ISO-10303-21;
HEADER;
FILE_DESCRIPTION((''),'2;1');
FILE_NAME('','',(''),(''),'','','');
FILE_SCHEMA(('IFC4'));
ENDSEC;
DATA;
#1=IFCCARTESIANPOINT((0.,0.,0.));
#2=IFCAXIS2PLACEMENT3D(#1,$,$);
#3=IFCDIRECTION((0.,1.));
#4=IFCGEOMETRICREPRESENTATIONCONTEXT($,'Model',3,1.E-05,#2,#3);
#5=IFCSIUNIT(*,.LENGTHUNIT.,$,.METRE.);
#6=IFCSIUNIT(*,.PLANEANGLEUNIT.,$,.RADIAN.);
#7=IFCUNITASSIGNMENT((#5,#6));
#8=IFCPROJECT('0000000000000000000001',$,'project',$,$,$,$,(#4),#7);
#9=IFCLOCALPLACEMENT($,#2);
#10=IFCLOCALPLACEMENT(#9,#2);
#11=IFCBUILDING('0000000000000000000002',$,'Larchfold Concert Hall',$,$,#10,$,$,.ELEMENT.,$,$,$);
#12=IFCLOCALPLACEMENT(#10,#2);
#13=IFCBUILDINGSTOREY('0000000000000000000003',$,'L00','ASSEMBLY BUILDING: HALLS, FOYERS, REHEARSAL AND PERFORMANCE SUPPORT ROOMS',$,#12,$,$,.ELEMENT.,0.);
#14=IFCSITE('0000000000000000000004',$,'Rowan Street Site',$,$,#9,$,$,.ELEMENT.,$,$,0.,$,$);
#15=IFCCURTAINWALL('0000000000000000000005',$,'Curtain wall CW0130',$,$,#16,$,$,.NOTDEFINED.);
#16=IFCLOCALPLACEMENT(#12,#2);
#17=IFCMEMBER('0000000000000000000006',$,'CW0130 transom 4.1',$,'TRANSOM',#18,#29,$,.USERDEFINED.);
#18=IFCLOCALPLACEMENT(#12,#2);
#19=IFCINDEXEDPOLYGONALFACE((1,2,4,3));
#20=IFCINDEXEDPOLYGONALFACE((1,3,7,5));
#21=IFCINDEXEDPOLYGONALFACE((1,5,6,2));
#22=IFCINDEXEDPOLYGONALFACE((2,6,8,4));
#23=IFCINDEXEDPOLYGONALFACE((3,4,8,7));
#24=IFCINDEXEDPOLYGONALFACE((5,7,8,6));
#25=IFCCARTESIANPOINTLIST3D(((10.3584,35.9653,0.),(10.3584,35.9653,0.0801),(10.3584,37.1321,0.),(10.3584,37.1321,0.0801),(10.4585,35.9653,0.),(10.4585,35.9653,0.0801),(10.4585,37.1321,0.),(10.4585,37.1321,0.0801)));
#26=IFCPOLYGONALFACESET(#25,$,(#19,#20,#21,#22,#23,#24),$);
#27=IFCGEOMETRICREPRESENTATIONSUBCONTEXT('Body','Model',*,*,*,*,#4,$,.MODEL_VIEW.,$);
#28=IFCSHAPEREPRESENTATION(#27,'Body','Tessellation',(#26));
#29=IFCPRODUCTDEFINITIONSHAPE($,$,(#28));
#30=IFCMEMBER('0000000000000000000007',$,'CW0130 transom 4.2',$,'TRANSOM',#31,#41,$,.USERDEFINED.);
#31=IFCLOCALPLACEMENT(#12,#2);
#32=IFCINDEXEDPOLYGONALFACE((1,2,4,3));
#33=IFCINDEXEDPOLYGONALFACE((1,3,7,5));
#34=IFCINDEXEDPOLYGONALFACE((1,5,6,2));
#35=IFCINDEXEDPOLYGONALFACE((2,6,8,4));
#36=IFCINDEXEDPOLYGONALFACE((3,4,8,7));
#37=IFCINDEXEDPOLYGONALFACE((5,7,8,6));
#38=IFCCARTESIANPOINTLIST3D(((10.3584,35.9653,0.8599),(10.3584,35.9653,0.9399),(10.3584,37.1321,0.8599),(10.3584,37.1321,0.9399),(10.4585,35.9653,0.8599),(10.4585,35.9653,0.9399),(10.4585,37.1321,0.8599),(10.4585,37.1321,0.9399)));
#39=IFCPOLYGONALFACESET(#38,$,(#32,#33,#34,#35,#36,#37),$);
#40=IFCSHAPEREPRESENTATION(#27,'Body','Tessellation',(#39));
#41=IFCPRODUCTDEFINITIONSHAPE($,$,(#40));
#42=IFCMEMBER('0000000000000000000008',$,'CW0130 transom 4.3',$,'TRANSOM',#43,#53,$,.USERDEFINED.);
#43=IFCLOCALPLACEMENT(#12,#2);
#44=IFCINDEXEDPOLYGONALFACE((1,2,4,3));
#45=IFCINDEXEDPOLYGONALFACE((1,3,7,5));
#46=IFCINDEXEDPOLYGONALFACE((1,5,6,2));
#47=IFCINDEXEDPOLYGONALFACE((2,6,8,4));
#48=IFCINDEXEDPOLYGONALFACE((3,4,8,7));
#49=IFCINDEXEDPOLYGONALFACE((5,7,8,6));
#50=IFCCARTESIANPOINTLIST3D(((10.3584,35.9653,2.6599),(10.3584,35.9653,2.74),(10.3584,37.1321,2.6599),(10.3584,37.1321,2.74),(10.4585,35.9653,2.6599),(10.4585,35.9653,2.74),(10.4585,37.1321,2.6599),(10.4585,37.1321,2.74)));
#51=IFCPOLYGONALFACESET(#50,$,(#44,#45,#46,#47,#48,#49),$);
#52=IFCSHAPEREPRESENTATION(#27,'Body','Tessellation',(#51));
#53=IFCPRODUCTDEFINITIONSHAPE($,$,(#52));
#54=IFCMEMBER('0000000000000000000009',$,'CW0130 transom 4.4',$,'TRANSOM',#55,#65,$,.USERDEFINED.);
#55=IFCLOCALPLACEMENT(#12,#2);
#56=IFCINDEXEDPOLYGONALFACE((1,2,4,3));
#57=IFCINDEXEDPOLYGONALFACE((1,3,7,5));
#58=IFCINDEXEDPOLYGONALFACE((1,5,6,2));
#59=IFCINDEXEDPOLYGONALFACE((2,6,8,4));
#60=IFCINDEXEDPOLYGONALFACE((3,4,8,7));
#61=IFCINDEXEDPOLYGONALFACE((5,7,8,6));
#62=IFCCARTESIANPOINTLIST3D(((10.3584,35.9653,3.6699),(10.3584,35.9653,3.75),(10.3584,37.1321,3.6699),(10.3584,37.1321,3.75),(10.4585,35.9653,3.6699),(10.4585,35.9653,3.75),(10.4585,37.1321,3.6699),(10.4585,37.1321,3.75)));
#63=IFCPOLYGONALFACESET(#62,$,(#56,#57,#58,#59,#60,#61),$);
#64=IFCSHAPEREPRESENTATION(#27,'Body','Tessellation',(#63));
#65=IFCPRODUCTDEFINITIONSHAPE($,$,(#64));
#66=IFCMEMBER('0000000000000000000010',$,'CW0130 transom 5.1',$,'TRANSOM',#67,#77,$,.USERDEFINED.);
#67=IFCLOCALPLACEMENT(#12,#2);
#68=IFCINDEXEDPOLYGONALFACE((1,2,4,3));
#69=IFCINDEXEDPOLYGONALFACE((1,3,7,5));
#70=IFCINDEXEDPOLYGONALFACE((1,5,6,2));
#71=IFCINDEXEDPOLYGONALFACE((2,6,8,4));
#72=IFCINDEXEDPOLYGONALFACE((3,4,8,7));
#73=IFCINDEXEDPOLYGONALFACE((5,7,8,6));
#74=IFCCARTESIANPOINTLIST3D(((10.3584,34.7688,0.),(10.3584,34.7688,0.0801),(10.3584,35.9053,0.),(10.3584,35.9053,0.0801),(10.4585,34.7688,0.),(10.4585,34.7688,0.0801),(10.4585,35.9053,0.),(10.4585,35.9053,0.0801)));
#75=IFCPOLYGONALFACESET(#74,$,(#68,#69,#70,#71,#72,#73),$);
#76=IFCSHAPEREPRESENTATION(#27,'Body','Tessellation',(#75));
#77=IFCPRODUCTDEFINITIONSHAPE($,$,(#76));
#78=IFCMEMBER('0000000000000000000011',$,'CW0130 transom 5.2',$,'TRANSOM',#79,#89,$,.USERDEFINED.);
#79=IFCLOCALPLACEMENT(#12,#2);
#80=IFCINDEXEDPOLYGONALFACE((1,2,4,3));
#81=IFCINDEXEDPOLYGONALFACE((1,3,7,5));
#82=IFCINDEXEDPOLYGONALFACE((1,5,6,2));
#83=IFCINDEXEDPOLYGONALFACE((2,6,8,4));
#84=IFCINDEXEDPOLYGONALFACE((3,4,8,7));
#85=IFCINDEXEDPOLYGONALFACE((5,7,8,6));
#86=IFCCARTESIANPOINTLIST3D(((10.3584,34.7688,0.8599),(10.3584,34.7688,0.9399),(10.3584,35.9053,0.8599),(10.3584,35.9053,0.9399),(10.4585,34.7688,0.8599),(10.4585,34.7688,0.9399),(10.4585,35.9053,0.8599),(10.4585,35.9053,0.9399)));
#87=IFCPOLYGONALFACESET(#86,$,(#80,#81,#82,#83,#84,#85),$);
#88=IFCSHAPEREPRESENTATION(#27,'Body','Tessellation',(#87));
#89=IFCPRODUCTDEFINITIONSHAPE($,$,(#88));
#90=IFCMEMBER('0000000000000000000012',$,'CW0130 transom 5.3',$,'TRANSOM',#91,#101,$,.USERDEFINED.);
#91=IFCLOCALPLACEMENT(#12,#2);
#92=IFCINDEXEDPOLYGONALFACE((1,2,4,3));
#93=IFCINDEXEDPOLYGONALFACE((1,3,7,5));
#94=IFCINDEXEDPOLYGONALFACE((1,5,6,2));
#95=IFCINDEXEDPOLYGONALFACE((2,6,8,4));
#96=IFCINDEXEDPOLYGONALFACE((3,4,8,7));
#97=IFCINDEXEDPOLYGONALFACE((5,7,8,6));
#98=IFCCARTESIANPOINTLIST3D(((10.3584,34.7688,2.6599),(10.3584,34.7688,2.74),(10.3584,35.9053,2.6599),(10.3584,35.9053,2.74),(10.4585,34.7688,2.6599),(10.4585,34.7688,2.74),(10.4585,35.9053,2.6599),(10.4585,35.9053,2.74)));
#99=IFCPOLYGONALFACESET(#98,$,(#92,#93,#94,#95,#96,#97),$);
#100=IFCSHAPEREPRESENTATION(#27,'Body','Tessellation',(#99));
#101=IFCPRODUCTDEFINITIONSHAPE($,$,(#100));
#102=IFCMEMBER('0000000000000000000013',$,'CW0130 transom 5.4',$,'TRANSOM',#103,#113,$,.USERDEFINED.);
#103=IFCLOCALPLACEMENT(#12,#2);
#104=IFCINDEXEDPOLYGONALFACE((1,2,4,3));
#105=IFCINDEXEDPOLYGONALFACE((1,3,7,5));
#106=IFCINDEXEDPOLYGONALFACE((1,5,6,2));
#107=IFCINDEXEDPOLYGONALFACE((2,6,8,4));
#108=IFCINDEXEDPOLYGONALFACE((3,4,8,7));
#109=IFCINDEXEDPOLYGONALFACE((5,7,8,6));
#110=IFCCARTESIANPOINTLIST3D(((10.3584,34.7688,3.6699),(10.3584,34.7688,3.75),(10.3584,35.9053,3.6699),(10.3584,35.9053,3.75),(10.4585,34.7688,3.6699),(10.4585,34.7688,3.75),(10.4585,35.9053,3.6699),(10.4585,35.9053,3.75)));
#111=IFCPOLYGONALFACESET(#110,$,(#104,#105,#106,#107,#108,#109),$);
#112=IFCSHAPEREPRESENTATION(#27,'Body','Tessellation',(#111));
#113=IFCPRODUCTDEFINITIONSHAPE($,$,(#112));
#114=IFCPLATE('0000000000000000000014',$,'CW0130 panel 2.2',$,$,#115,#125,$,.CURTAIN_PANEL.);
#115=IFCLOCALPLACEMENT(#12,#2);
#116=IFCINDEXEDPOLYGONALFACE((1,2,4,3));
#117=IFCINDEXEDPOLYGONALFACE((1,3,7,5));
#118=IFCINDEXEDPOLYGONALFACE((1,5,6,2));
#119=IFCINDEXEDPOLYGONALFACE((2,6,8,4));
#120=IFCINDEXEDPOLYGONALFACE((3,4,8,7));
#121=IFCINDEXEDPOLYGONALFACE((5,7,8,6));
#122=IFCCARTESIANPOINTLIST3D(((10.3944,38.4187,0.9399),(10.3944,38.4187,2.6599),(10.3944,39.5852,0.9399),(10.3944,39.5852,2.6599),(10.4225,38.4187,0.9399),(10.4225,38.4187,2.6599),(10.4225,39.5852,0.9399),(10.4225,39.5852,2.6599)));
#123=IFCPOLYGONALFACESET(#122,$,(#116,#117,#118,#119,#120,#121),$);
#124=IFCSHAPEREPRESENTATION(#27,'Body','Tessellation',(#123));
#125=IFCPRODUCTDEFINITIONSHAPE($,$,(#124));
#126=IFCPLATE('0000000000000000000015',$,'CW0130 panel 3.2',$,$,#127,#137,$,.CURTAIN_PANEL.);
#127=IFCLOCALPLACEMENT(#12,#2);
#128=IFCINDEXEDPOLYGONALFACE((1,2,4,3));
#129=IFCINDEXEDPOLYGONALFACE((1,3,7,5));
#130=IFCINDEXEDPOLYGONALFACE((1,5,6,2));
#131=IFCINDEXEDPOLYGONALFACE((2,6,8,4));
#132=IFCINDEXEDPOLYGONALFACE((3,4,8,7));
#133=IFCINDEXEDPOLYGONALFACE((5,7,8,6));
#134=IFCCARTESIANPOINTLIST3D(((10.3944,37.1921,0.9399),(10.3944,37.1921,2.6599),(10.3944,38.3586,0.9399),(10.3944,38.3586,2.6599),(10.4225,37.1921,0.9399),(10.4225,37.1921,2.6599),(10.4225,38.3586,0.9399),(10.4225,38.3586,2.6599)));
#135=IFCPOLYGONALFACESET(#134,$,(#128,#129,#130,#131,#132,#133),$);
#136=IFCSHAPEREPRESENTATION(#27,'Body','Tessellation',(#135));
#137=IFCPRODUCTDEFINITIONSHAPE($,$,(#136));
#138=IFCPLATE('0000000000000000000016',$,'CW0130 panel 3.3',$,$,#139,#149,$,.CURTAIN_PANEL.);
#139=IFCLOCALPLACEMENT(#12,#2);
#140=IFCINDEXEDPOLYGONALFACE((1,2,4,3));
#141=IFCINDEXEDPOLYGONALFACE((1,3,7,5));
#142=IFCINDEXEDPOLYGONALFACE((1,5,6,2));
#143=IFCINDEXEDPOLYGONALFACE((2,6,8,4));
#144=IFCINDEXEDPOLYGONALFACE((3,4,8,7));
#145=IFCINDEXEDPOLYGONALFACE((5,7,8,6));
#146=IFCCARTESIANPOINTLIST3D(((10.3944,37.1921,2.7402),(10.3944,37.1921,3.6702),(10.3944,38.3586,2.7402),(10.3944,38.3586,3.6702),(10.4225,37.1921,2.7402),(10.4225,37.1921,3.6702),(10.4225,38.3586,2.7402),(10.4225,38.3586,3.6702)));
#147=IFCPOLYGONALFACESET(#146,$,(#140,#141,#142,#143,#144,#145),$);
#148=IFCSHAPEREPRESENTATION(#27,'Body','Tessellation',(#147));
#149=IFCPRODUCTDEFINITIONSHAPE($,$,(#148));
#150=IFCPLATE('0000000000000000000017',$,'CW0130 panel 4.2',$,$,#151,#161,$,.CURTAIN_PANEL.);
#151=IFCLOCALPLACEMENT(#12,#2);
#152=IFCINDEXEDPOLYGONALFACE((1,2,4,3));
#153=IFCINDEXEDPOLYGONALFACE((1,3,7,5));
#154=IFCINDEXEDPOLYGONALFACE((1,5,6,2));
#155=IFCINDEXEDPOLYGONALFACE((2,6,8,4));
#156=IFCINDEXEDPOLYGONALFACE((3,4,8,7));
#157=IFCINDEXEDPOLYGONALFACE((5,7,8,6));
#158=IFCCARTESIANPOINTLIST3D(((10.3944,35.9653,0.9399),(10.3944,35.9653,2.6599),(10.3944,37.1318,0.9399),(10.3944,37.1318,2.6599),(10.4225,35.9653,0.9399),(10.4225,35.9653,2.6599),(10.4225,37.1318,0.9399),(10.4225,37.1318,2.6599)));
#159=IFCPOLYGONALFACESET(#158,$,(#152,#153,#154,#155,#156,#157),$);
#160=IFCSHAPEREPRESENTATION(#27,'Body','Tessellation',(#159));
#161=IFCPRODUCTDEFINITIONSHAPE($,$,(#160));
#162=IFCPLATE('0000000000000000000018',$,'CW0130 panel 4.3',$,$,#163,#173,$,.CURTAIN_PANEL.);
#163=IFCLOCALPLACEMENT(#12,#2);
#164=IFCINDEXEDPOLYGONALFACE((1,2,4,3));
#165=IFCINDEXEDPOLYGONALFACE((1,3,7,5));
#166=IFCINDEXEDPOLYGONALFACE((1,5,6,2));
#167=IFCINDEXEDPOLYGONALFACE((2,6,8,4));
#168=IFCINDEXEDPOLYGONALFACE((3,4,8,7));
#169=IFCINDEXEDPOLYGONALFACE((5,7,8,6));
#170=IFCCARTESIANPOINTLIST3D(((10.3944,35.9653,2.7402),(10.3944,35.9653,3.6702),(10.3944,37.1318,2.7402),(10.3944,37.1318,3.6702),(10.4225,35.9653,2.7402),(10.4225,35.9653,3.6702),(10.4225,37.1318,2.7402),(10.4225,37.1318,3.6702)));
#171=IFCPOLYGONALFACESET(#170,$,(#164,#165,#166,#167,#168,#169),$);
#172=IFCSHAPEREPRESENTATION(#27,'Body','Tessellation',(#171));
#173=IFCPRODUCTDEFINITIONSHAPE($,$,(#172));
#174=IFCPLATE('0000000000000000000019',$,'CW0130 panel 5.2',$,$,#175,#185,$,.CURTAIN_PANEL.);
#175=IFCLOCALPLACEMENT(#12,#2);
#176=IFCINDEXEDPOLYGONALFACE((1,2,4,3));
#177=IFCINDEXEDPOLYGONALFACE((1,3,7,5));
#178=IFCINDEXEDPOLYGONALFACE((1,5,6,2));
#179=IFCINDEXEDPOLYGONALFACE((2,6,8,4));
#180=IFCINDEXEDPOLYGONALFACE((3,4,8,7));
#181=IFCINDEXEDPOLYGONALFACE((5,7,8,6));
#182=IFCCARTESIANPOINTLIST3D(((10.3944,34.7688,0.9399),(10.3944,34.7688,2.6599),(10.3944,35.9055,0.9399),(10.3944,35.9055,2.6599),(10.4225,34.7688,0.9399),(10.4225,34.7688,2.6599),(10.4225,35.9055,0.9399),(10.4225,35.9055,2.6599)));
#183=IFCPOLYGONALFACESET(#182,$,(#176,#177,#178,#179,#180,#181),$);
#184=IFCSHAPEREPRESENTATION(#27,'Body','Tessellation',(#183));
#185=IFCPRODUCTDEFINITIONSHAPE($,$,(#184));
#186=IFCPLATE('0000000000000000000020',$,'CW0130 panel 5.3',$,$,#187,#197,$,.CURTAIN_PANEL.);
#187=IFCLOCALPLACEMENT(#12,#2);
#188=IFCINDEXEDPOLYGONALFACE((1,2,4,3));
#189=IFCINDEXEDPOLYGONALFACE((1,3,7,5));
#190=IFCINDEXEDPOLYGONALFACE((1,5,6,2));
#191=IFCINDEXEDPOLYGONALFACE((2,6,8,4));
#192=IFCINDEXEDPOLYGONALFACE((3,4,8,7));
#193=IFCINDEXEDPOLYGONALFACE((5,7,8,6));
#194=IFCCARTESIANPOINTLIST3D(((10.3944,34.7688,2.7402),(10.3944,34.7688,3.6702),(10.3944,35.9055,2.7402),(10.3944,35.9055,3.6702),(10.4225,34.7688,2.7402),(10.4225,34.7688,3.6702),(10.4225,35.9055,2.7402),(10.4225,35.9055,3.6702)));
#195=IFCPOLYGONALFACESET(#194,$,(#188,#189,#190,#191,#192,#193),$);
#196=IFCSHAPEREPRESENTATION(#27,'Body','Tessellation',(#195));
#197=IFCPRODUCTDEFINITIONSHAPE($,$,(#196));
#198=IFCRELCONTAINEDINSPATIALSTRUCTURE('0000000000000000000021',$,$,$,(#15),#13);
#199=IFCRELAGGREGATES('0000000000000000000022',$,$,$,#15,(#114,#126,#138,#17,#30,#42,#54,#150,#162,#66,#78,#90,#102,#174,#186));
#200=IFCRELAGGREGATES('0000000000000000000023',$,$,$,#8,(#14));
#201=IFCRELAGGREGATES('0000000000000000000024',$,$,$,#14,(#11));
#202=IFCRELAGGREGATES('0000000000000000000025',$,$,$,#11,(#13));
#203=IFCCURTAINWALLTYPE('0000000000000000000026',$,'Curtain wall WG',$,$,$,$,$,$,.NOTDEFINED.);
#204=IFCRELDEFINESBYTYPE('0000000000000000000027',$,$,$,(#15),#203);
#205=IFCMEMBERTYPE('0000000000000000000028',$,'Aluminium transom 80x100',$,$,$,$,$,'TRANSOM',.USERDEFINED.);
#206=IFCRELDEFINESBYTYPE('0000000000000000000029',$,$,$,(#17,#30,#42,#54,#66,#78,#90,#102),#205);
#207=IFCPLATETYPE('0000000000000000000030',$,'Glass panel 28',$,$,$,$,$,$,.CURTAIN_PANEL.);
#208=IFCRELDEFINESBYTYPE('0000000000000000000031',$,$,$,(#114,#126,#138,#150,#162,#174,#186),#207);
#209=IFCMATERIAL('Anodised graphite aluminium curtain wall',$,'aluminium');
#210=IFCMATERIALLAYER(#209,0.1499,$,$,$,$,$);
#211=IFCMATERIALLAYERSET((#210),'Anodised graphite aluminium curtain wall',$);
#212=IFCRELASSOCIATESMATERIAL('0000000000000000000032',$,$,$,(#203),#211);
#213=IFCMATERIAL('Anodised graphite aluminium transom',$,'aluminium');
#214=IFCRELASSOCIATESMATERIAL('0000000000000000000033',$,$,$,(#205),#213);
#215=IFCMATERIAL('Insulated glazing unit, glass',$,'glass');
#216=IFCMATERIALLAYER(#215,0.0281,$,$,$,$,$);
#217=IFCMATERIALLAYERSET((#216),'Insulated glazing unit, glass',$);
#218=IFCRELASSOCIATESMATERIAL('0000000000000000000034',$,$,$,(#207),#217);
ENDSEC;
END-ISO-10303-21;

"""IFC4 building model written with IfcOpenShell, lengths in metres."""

from ifc_helpers import new_model, si_unit, direction, frame, origin, origin_2d, place, context, subcontext, project, spatial, rectangle, extrude, material, layer, layer_set, material_profile, profile_set, type_object, element, aggregate, save


model = new_model("IFC4")

# Units and contexts
model_context = context("Model", 3, precision=1e-05, world=origin(), true_north=direction((0.0, 1.0)))
body_context = subcontext(model_context, "Body", "Model", "MODEL_VIEW")
ifc_project = project(units=[si_unit("LENGTHUNIT", "METRE"), si_unit("PLANEANGLEUNIT", "RADIAN")], contexts=[model_context])

# Site, building, storey
site_placement = place(None, origin())
site = spatial("IfcSite", under=ifc_project, at=site_placement, Name="Rowan Street Site", CompositionType="ELEMENT", RefElevation=0.0)
building_placement = place(site_placement, origin())
building = spatial("IfcBuilding", under=site, at=building_placement, Name="Larchfold Concert Hall", CompositionType="ELEMENT")
storey_placement = place(building_placement, origin())
storey = spatial("IfcBuildingStorey", under=building, at=storey_placement, Name="L00", Description="ASSEMBLY BUILDING: HALLS, FOYERS, REHEARSAL AND PERFORMANCE SUPPORT ROOMS", CompositionType="ELEMENT", Elevation=0.0)

# Curtain wall, members, plates
ifc_material_1 = material(Name="Anodised graphite aluminium curtain wall", Category="aluminium")
ifc_layer_1 = layer(ifc_material_1, 0.1499)
ifc_layer_set_1 = layer_set([ifc_layer_1], Name="Anodised graphite aluminium curtain wall")
curtain_wall_type = type_object("IfcCurtainWallType", Name="Curtain wall WG", PredefinedType="NOTDEFINED", material=ifc_layer_set_1)
curtain_wall_placement = place(storey_placement, origin())
curtain_wall = element("IfcCurtainWall", 1, at=curtain_wall_placement, inside=storey, type_object=curtain_wall_type, Name="Curtain wall CW0130", PredefinedType="NOTDEFINED")
ifc_material_2 = material(Name="Anodised graphite aluminium transom", Category="aluminium")
ifc_material_profile_1 = material_profile(ifc_material_2, rectangle(XDim=0.1001, YDim=0.0801, at=origin_2d()))
ifc_profile_set_1 = profile_set([ifc_material_profile_1], Name="Anodised graphite aluminium transom")
member_type_1 = type_object("IfcMemberType", Name="Aluminium transom 80x100", ElementType="TRANSOM", PredefinedType="USERDEFINED", material=ifc_profile_set_1)
member_1_placement = place(storey_placement, frame((10.4084, 37.1321, 0.04), z_axis=(0.0, -1.0, 0.0), x_axis=(1.0, 0.0, 0.0)))
member_1 = element("IfcMember", 2, at=member_1_placement, type_object=member_type_1, Name="CW0130 transom 4.1", ObjectType="TRANSOM", PredefinedType="USERDEFINED", context=body_context, shape_type="SweptSolid", body=[
    extrude(rectangle(XDim=0.1001, YDim=0.0801, at=origin_2d()), origin(), (0.0, 0.0, 1.0), 1.1667),
])
member_2_placement = place(storey_placement, frame((10.4084, 37.1321, 0.8999), z_axis=(0.0, -1.0, 0.0), x_axis=(1.0, 0.0, 0.0)))
member_2 = element("IfcMember", 3, at=member_2_placement, type_object=member_type_1, Name="CW0130 transom 4.2", ObjectType="TRANSOM", PredefinedType="USERDEFINED", context=body_context, shape_type="SweptSolid", body=[
    extrude(rectangle(XDim=0.1001, YDim=0.0801, at=origin_2d()), origin(), (0.0, 0.0, 1.0), 1.1667),
])
member_3_placement = place(storey_placement, frame((10.4084, 37.1321, 2.7), z_axis=(0.0, -1.0, 0.0), x_axis=(1.0, 0.0, 0.0)))
member_3 = element("IfcMember", 4, at=member_3_placement, type_object=member_type_1, Name="CW0130 transom 4.3", ObjectType="TRANSOM", PredefinedType="USERDEFINED", context=body_context, shape_type="SweptSolid", body=[
    extrude(rectangle(XDim=0.1001, YDim=0.0801, at=origin_2d()), origin(), (0.0, 0.0, 1.0), 1.1667),
])
member_4_placement = place(storey_placement, frame((10.4084, 37.1321, 3.71), z_axis=(0.0, -1.0, 0.0), x_axis=(1.0, 0.0, 0.0)))
member_4 = element("IfcMember", 5, at=member_4_placement, type_object=member_type_1, Name="CW0130 transom 4.4", ObjectType="TRANSOM", PredefinedType="USERDEFINED", context=body_context, shape_type="SweptSolid", body=[
    extrude(rectangle(XDim=0.1001, YDim=0.0801, at=origin_2d()), origin(), (0.0, 0.0, 1.0), 1.1667),
])
member_5_placement = place(storey_placement, frame((10.4084, 35.9053, 0.04), z_axis=(0.0, -1.0, 0.0), x_axis=(1.0, 0.0, 0.0)))
member_5 = element("IfcMember", 6, at=member_5_placement, type_object=member_type_1, Name="CW0130 transom 5.1", ObjectType="TRANSOM", PredefinedType="USERDEFINED", context=body_context, shape_type="SweptSolid", body=[
    extrude(rectangle(XDim=0.1001, YDim=0.0801, at=origin_2d()), origin(), (0.0, 0.0, 1.0), 1.1365),
])
member_6_placement = place(storey_placement, frame((10.4084, 35.9053, 0.8999), z_axis=(0.0, -1.0, 0.0), x_axis=(1.0, 0.0, 0.0)))
member_6 = element("IfcMember", 7, at=member_6_placement, type_object=member_type_1, Name="CW0130 transom 5.2", ObjectType="TRANSOM", PredefinedType="USERDEFINED", context=body_context, shape_type="SweptSolid", body=[
    extrude(rectangle(XDim=0.1001, YDim=0.0801, at=origin_2d()), origin(), (0.0, 0.0, 1.0), 1.1365),
])
member_7_placement = place(storey_placement, frame((10.4084, 35.9053, 2.7), z_axis=(0.0, -1.0, 0.0), x_axis=(1.0, 0.0, 0.0)))
member_7 = element("IfcMember", 8, at=member_7_placement, type_object=member_type_1, Name="CW0130 transom 5.3", ObjectType="TRANSOM", PredefinedType="USERDEFINED", context=body_context, shape_type="SweptSolid", body=[
    extrude(rectangle(XDim=0.1001, YDim=0.0801, at=origin_2d()), origin(), (0.0, 0.0, 1.0), 1.1365),
])
member_8_placement = place(storey_placement, frame((10.4084, 35.9053, 3.71), z_axis=(0.0, -1.0, 0.0), x_axis=(1.0, 0.0, 0.0)))
member_8 = element("IfcMember", 9, at=member_8_placement, type_object=member_type_1, Name="CW0130 transom 5.4", ObjectType="TRANSOM", PredefinedType="USERDEFINED", context=body_context, shape_type="SweptSolid", body=[
    extrude(rectangle(XDim=0.1001, YDim=0.0801, at=origin_2d()), origin(), (0.0, 0.0, 1.0), 1.1365),
])
ifc_material_3 = material(Name="Insulated glazing unit, glass", Category="glass")
ifc_layer_2 = layer(ifc_material_3, 0.0281)
ifc_layer_set_2 = layer_set([ifc_layer_2], Name="Insulated glazing unit, glass")
plate_type_1 = type_object("IfcPlateType", Name="Glass panel 28", PredefinedType="CURTAIN_PANEL", material=ifc_layer_set_2)
plate_1_placement = place(storey_placement, frame((10.4084, 39.002, 0.9399), z_axis=(0.0, 0.0, 1.0), x_axis=(0.0, -1.0, 0.0)))
plate_1 = element("IfcPlate", 10, at=plate_1_placement, type_object=plate_type_1, Name="CW0130 panel 2.2", PredefinedType="CURTAIN_PANEL", context=body_context, shape_type="SweptSolid", body=[
    extrude(rectangle(XDim=1.1665, YDim=0.0281, at=origin_2d()), origin(), (0.0, 0.0, 1.0), 1.72),
])
plate_2_placement = place(storey_placement, frame((10.4084, 37.7754, 0.9399), z_axis=(0.0, 0.0, 1.0), x_axis=(0.0, -1.0, 0.0)))
plate_2 = element("IfcPlate", 11, at=plate_2_placement, type_object=plate_type_1, Name="CW0130 panel 3.2", PredefinedType="CURTAIN_PANEL", context=body_context, shape_type="SweptSolid", body=[
    extrude(rectangle(XDim=1.1665, YDim=0.0281, at=origin_2d()), origin(), (0.0, 0.0, 1.0), 1.72),
])
plate_3_placement = place(storey_placement, frame((10.4084, 37.7754, 2.7402), z_axis=(0.0, 0.0, 1.0), x_axis=(0.0, -1.0, 0.0)))
plate_3 = element("IfcPlate", 12, at=plate_3_placement, type_object=plate_type_1, Name="CW0130 panel 3.3", PredefinedType="CURTAIN_PANEL", context=body_context, shape_type="SweptSolid", body=[
    extrude(rectangle(XDim=1.1665, YDim=0.0281, at=origin_2d()), origin(), (0.0, 0.0, 1.0), 0.9299),
])
plate_4_placement = place(storey_placement, frame((10.4084, 36.5486, 0.9399), z_axis=(0.0, 0.0, 1.0), x_axis=(0.0, -1.0, 0.0)))
plate_4 = element("IfcPlate", 13, at=plate_4_placement, type_object=plate_type_1, Name="CW0130 panel 4.2", PredefinedType="CURTAIN_PANEL", context=body_context, shape_type="SweptSolid", body=[
    extrude(rectangle(XDim=1.1665, YDim=0.0281, at=origin_2d()), origin(), (0.0, 0.0, 1.0), 1.72),
])
plate_5_placement = place(storey_placement, frame((10.4084, 36.5486, 2.7402), z_axis=(0.0, 0.0, 1.0), x_axis=(0.0, -1.0, 0.0)))
plate_5 = element("IfcPlate", 14, at=plate_5_placement, type_object=plate_type_1, Name="CW0130 panel 4.3", PredefinedType="CURTAIN_PANEL", context=body_context, shape_type="SweptSolid", body=[
    extrude(rectangle(XDim=1.1665, YDim=0.0281, at=origin_2d()), origin(), (0.0, 0.0, 1.0), 0.9299),
])
plate_6_placement = place(storey_placement, frame((10.4084, 35.3372, 0.9399), z_axis=(0.0, 0.0, 1.0), x_axis=(0.0, -1.0, 0.0)))
plate_6 = element("IfcPlate", 15, at=plate_6_placement, type_object=plate_type_1, Name="CW0130 panel 5.2", PredefinedType="CURTAIN_PANEL", context=body_context, shape_type="SweptSolid", body=[
    extrude(rectangle(XDim=1.1367, YDim=0.0281, at=origin_2d()), origin(), (0.0, 0.0, 1.0), 1.72),
])
plate_7_placement = place(storey_placement, frame((10.4084, 35.3372, 2.7402), z_axis=(0.0, 0.0, 1.0), x_axis=(0.0, -1.0, 0.0)))
plate_7 = element("IfcPlate", 16, at=plate_7_placement, type_object=plate_type_1, Name="CW0130 panel 5.3", PredefinedType="CURTAIN_PANEL", context=body_context, shape_type="SweptSolid", body=[
    extrude(rectangle(XDim=1.1367, YDim=0.0281, at=origin_2d()), origin(), (0.0, 0.0, 1.0), 0.9299),
])
aggregate(curtain_wall, [plate_1, plate_2, plate_3, member_1, member_2, member_3, member_4, plate_4, plate_5, member_5, member_6, member_7, member_8, plate_6, plate_7])

save(model, "model.ifc")
